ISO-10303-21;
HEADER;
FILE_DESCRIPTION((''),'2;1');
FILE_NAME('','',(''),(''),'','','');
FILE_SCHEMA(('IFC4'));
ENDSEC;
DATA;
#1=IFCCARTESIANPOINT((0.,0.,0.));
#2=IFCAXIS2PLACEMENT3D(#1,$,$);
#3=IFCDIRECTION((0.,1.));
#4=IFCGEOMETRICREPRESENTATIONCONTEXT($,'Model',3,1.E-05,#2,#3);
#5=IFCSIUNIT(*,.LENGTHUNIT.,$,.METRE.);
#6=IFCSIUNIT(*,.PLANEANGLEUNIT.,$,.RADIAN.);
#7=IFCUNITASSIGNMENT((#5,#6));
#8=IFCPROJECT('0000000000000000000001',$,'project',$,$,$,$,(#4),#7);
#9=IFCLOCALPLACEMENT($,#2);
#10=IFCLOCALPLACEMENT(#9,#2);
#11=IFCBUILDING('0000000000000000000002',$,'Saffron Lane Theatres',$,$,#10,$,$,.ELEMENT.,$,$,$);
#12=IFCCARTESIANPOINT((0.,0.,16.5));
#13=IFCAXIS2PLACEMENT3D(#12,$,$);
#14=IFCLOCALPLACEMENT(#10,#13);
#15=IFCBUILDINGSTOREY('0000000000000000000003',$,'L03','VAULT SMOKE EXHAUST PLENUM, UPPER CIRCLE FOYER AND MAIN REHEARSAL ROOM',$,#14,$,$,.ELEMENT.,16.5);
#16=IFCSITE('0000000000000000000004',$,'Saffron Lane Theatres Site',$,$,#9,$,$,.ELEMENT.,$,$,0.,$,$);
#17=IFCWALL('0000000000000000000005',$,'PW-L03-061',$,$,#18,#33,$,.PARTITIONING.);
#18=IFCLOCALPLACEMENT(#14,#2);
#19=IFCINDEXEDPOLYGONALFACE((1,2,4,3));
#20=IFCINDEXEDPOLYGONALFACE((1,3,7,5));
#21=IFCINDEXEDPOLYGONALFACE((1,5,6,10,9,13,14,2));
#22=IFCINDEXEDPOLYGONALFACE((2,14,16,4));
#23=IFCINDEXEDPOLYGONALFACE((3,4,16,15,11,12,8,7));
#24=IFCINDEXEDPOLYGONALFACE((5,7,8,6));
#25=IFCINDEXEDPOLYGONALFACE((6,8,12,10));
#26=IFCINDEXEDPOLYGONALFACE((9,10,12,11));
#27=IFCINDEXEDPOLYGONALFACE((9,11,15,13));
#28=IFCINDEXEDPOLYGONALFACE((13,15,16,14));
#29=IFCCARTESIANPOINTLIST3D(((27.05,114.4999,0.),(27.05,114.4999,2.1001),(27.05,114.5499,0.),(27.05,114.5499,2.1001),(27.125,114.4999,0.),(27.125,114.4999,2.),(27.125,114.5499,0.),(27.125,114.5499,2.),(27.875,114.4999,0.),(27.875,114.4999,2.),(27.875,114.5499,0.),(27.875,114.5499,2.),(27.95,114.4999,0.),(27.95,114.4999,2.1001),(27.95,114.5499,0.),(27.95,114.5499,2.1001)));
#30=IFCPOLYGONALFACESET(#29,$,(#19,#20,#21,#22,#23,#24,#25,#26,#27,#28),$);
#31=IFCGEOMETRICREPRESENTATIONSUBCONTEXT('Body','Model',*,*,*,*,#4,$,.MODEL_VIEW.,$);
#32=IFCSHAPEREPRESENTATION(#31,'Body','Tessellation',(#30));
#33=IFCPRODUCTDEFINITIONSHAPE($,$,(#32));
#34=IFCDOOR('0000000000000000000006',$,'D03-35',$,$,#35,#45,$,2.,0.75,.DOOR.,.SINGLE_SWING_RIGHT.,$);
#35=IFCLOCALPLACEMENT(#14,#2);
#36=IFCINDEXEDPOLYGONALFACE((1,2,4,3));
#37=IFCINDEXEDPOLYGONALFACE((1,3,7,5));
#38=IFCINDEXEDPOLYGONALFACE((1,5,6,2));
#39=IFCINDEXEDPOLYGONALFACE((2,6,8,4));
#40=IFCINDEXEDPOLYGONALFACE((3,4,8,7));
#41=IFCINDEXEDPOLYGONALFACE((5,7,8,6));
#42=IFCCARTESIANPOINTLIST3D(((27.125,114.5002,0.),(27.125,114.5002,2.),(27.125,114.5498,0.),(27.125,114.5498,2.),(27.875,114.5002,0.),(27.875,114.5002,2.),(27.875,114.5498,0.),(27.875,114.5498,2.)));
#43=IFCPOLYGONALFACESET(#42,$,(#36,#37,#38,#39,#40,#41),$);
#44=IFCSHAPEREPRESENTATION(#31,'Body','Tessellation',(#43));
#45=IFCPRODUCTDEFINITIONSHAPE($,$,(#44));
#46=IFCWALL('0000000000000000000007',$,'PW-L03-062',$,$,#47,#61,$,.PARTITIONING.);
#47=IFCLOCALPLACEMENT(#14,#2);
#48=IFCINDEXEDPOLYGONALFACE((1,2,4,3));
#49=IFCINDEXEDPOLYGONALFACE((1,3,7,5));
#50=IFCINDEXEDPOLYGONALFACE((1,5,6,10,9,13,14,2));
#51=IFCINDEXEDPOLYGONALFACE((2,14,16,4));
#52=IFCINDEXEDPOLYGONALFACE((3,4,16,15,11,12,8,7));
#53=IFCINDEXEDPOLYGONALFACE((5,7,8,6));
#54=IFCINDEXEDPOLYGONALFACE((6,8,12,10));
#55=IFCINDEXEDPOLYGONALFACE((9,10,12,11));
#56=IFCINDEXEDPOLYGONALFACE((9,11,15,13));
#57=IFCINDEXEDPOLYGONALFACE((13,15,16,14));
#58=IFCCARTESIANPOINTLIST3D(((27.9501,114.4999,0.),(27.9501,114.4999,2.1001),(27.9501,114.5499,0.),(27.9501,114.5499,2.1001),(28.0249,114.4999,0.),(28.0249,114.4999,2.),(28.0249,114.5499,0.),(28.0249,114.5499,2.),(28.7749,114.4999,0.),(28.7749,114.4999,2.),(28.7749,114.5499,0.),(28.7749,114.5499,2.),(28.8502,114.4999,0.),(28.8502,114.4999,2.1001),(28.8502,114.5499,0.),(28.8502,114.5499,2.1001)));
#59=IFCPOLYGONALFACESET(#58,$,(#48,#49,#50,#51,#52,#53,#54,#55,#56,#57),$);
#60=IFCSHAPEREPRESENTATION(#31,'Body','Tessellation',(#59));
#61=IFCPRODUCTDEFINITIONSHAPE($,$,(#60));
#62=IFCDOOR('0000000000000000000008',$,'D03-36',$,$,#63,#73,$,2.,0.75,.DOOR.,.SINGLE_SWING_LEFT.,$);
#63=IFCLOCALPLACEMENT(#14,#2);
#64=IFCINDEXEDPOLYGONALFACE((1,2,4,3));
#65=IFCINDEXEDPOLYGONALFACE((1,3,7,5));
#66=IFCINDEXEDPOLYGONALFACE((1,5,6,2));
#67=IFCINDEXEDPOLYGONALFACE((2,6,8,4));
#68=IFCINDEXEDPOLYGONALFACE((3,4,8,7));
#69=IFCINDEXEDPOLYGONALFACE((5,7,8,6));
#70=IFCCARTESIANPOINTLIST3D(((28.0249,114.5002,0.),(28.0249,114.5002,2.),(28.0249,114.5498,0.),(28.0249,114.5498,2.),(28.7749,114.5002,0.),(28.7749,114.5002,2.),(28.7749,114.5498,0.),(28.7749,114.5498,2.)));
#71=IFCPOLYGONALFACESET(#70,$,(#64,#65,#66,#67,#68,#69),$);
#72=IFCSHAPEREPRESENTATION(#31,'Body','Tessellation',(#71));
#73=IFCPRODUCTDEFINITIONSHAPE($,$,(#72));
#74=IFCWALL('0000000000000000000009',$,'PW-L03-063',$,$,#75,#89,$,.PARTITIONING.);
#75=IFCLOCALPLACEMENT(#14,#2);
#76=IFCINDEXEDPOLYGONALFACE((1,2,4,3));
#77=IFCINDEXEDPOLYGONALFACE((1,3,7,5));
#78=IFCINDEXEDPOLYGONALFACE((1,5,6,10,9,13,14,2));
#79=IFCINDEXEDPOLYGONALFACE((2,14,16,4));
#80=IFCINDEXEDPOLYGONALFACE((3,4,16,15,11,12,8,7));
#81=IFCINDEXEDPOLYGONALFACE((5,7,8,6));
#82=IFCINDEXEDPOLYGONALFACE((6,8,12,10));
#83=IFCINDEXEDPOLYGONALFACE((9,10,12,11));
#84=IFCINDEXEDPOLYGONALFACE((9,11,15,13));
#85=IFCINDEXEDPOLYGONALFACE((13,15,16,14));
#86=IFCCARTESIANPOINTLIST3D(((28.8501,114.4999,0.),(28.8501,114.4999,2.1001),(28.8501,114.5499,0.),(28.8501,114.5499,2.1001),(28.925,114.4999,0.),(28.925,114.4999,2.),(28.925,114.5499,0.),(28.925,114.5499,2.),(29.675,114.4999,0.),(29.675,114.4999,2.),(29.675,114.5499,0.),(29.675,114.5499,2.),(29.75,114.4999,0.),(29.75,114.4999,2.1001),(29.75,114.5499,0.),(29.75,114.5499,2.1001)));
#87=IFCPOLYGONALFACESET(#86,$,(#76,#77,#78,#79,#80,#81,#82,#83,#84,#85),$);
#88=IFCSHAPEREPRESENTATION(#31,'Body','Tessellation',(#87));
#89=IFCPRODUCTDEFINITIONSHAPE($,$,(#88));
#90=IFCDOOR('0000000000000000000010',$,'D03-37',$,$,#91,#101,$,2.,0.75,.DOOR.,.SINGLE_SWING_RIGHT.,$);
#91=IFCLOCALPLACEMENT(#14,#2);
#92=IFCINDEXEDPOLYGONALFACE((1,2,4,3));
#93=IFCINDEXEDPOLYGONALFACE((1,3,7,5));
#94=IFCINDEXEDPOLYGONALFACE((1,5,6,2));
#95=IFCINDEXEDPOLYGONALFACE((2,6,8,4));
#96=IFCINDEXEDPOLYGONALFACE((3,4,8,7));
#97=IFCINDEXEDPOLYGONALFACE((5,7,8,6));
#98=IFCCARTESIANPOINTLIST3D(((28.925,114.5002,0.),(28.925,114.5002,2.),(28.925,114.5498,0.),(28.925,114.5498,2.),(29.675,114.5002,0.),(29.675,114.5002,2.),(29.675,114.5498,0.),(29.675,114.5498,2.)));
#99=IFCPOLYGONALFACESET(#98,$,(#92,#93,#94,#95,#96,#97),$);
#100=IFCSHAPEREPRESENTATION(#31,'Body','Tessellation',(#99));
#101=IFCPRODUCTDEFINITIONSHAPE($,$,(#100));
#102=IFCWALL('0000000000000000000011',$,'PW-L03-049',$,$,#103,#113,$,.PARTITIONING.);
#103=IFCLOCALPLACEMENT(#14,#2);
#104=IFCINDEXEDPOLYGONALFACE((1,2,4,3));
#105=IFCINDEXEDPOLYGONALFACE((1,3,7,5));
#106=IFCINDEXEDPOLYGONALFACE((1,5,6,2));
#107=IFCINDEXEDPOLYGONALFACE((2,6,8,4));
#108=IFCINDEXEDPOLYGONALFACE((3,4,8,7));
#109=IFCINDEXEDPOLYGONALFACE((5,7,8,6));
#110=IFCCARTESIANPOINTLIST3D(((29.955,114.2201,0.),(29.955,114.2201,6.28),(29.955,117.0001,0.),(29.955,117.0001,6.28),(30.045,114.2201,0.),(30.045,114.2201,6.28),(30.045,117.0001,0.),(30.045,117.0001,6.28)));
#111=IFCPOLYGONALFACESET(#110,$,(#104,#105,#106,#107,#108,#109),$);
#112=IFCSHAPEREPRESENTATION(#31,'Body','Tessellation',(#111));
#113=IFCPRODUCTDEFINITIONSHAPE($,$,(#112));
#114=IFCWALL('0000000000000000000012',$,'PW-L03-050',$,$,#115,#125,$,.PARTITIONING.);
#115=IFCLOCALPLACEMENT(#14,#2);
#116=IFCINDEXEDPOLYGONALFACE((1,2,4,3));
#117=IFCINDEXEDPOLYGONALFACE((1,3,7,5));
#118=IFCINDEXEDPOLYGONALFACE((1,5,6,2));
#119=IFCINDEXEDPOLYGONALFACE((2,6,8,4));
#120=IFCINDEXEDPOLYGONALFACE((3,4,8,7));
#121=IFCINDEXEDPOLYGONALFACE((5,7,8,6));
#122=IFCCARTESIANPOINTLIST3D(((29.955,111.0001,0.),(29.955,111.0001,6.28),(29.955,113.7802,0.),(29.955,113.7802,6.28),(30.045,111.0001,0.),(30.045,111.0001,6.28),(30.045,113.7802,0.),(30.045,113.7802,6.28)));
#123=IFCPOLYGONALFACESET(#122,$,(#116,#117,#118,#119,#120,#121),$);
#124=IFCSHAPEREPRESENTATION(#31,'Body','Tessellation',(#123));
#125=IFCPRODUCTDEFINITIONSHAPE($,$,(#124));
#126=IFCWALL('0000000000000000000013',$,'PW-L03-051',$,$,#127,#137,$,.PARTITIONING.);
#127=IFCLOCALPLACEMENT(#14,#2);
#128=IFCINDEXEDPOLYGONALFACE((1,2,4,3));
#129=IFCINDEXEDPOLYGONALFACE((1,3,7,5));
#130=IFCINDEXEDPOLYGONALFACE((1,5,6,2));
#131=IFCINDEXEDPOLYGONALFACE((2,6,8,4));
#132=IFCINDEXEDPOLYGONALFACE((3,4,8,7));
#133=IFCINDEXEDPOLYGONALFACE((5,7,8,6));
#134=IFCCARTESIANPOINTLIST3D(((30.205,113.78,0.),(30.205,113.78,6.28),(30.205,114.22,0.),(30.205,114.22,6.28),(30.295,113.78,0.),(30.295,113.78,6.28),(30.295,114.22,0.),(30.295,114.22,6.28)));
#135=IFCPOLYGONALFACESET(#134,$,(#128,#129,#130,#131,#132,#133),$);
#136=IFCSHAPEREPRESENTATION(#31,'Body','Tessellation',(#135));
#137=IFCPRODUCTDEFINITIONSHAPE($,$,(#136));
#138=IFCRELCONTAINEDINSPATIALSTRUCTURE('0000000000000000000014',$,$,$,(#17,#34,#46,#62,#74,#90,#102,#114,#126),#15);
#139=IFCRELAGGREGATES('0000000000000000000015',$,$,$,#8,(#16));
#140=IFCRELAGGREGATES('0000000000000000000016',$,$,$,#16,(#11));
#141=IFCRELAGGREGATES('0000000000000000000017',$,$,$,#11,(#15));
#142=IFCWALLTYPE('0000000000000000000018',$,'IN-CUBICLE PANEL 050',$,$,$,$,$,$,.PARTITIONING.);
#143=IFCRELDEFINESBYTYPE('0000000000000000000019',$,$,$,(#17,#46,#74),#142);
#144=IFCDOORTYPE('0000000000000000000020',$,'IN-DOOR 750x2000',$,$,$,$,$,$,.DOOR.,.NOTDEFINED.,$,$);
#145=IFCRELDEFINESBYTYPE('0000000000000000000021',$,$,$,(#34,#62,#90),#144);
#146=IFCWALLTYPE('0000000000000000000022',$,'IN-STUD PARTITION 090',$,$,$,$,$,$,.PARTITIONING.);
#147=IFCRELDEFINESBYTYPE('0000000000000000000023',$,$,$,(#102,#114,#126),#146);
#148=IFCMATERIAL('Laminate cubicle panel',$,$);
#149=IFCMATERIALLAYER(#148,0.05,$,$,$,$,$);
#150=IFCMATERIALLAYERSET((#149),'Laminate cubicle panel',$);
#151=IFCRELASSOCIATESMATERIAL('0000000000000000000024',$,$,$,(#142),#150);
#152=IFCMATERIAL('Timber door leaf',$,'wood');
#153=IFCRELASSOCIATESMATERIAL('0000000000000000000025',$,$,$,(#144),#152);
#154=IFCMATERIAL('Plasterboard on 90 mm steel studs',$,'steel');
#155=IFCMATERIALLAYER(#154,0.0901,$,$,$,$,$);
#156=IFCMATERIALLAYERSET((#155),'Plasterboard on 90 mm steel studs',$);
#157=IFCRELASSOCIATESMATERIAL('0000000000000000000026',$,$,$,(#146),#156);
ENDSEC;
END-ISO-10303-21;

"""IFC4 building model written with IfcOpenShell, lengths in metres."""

from ifc_helpers import new_model, si_unit, direction, frame, frame_2d, origin, place, context, subcontext, project, spatial, rectangle, extrude, material, layer, layer_set, type_object, element, fill, save


model = new_model("IFC4")

# Units and contexts
model_context = context("Model", 3, precision=1e-05, world=origin(), true_north=direction((0.0, 1.0)))
body_context = subcontext(model_context, "Body", "Model", "MODEL_VIEW")
ifc_project = project(units=[si_unit("LENGTHUNIT", "METRE"), si_unit("PLANEANGLEUNIT", "RADIAN")], contexts=[model_context])

# Site, building, storey
site_placement = place(None, origin())
site = spatial("IfcSite", under=ifc_project, at=site_placement, Name="Saffron Lane Theatres Site", CompositionType="ELEMENT", RefElevation=0.0)
building_placement = place(site_placement, origin())
building = spatial("IfcBuilding", under=site, at=building_placement, Name="Saffron Lane Theatres", CompositionType="ELEMENT")
storey_placement = place(building_placement, frame((0.0, 0.0, 16.5)))
storey = spatial("IfcBuildingStorey", under=building, at=storey_placement, Name="L03", Description="VAULT SMOKE EXHAUST PLENUM, UPPER CIRCLE FOYER AND MAIN REHEARSAL ROOM", CompositionType="ELEMENT", Elevation=16.5)

# Shared definitions
ifc_material_1 = material(Name="Laminate cubicle panel")
ifc_layer_1 = layer(ifc_material_1, 0.05)
ifc_layer_set_1 = layer_set([ifc_layer_1], Name="Laminate cubicle panel")
wall_type_1 = type_object("IfcWallType", Name="IN-CUBICLE PANEL 050", PredefinedType="PARTITIONING", material=ifc_layer_set_1)

# Walls, openings, doors
ifc_material_2 = material(Name="Timber door leaf", Category="wood")
door_type = type_object("IfcDoorType", Name="IN-DOOR 750x2000", OperationType="NOTDEFINED", PredefinedType="DOOR", material=ifc_material_2)
wall_1_placement = place(storey_placement, frame((27.05, 114.5249, 0.0), z_axis=(0.0, 0.0, 1.0), x_axis=(1.0, 0.0, 0.0)))
wall_1 = element("IfcWall", 1, at=wall_1_placement, inside=storey, type_object=wall_type_1, Name="PW-L03-061", PredefinedType="PARTITIONING", context=body_context, shape_type="SweptSolid", body=[
    extrude(rectangle(XDim=0.8999, YDim=0.05, at=frame_2d((0.45, 0.0))), origin(), (0.0, 0.0, 1.0), 2.1001),
])
opening_1_placement = place(wall_1_placement, frame((0.075, 0.0, 0.0)))
opening_1 = element("IfcOpeningElement", 2, at=opening_1_placement, cuts=wall_1, PredefinedType="OPENING", context=body_context, shape_type="SweptSolid", body=[
    extrude(rectangle(XDim=0.75, YDim=2.0, at=frame_2d((0.375, 1.0))), frame((0.0, 0.0352, 0.0), z_axis=(0.0, -1.0, 0.0), x_axis=(1.0, 0.0, 0.0)), (0.0, 0.0, 1.0), 0.0701),
])
door_1_placement = place(opening_1_placement, origin())
door_1 = element("IfcDoor", 3, at=door_1_placement, inside=storey, type_object=door_type, Name="D03-35", OperationType="SINGLE_SWING_RIGHT", OverallHeight=2.0, OverallWidth=0.75, PredefinedType="DOOR", context=body_context, shape_type="SweptSolid", body=[
    extrude(rectangle(XDim=0.75, YDim=2.0, at=frame_2d((0.375, 1.0))), frame((0.0, 0.0249, 0.0), z_axis=(0.0, -1.0, 0.0), x_axis=(1.0, 0.0, 0.0)), (0.0, 0.0, 1.0), 0.0496),
])
fill(opening_1, door_1)
wall_2_placement = place(storey_placement, frame((27.95, 114.5249, 0.0), z_axis=(0.0, 0.0, 1.0), x_axis=(1.0, 0.0, 0.0)))
wall_2 = element("IfcWall", 4, at=wall_2_placement, inside=storey, type_object=wall_type_1, Name="PW-L03-062", PredefinedType="PARTITIONING", context=body_context, shape_type="SweptSolid", body=[
    extrude(rectangle(XDim=0.9001, YDim=0.05, at=frame_2d((0.4502, 0.0))), origin(), (0.0, 0.0, 1.0), 2.1001),
])
opening_2_placement = place(wall_2_placement, frame((0.075, 0.0, 0.0)))
opening_2 = element("IfcOpeningElement", 5, at=opening_2_placement, cuts=wall_2, PredefinedType="OPENING", context=body_context, shape_type="SweptSolid", body=[
    extrude(rectangle(XDim=0.75, YDim=2.0, at=frame_2d((0.375, 1.0))), frame((0.0, 0.0352, 0.0), z_axis=(0.0, -1.0, 0.0), x_axis=(1.0, 0.0, 0.0)), (0.0, 0.0, 1.0), 0.0701),
])
door_2_placement = place(opening_2_placement, origin())
door_2 = element("IfcDoor", 6, at=door_2_placement, inside=storey, type_object=door_type, Name="D03-36", OperationType="SINGLE_SWING_LEFT", OverallHeight=2.0, OverallWidth=0.75, PredefinedType="DOOR", context=body_context, shape_type="SweptSolid", body=[
    extrude(rectangle(XDim=0.75, YDim=2.0, at=frame_2d((0.375, 1.0))), frame((0.0, 0.0249, 0.0), z_axis=(0.0, -1.0, 0.0), x_axis=(1.0, 0.0, 0.0)), (0.0, 0.0, 1.0), 0.0496),
])
fill(opening_2, door_2)
wall_3_placement = place(storey_placement, frame((28.8501, 114.5249, 0.0), z_axis=(0.0, 0.0, 1.0), x_axis=(1.0, 0.0, 0.0)))
wall_3 = element("IfcWall", 7, at=wall_3_placement, inside=storey, type_object=wall_type_1, Name="PW-L03-063", PredefinedType="PARTITIONING", context=body_context, shape_type="SweptSolid", body=[
    extrude(rectangle(XDim=0.8999, YDim=0.05, at=frame_2d((0.45, 0.0))), origin(), (0.0, 0.0, 1.0), 2.1001),
])
opening_3_placement = place(wall_3_placement, frame((0.075, 0.0, 0.0)))
opening_3 = element("IfcOpeningElement", 8, at=opening_3_placement, cuts=wall_3, PredefinedType="OPENING", context=body_context, shape_type="SweptSolid", body=[
    extrude(rectangle(XDim=0.75, YDim=2.0, at=frame_2d((0.375, 1.0))), frame((0.0, 0.0352, 0.0), z_axis=(0.0, -1.0, 0.0), x_axis=(1.0, 0.0, 0.0)), (0.0, 0.0, 1.0), 0.0701),
])
door_3_placement = place(opening_3_placement, origin())
door_3 = element("IfcDoor", 9, at=door_3_placement, inside=storey, type_object=door_type, Name="D03-37", OperationType="SINGLE_SWING_RIGHT", OverallHeight=2.0, OverallWidth=0.75, PredefinedType="DOOR", context=body_context, shape_type="SweptSolid", body=[
    extrude(rectangle(XDim=0.75, YDim=2.0, at=frame_2d((0.375, 1.0))), frame((0.0, 0.0249, 0.0), z_axis=(0.0, -1.0, 0.0), x_axis=(1.0, 0.0, 0.0)), (0.0, 0.0, 1.0), 0.0496),
])
fill(opening_3, door_3)

# Walls
ifc_material_3 = material(Name="Plasterboard on 90 mm steel studs", Category="steel")
ifc_layer_2 = layer(ifc_material_3, 0.0901)
ifc_layer_set_2 = layer_set([ifc_layer_2], Name="Plasterboard on 90 mm steel studs")
wall_type_2 = type_object("IfcWallType", Name="IN-STUD PARTITION 090", PredefinedType="PARTITIONING", material=ifc_layer_set_2)
for number, where, z_axis, x_axis, name in (
    (10, (30.0, 114.22, 0.0), (0.0, 0.0, 1.0), (0.0, 1.0, 0.0), "PW-L03-049"),
    (11, (30.0, 111.0, 0.0), (0.0, 0.0, 1.0), (0.0, 1.0, 0.0), "PW-L03-050"),
):
    element("IfcWall", number, at=place(storey_placement, frame(where, z_axis=z_axis, x_axis=x_axis)), inside=storey, type_object=wall_type_2, Name=name, PredefinedType="PARTITIONING", context=body_context, shape_type="SweptSolid", body=[
        extrude(rectangle(XDim=2.78, YDim=0.0901, at=frame_2d((1.3901, 0.0))), origin(), (0.0, 0.0, 1.0), 6.28),
    ])
wall_4_placement = place(storey_placement, frame((30.25, 113.78, 0.0), z_axis=(0.0, 0.0, 1.0), x_axis=(0.0, 1.0, 0.0)))
element("IfcWall", 12, at=wall_4_placement, inside=storey, type_object=wall_type_2, Name="PW-L03-051", PredefinedType="PARTITIONING", context=body_context, shape_type="SweptSolid", body=[
    extrude(rectangle(XDim=0.4399, YDim=0.0901, at=frame_2d((0.22, 0.0))), origin(), (0.0, 0.0, 1.0), 6.28),
])

save(model, "model.ifc")
